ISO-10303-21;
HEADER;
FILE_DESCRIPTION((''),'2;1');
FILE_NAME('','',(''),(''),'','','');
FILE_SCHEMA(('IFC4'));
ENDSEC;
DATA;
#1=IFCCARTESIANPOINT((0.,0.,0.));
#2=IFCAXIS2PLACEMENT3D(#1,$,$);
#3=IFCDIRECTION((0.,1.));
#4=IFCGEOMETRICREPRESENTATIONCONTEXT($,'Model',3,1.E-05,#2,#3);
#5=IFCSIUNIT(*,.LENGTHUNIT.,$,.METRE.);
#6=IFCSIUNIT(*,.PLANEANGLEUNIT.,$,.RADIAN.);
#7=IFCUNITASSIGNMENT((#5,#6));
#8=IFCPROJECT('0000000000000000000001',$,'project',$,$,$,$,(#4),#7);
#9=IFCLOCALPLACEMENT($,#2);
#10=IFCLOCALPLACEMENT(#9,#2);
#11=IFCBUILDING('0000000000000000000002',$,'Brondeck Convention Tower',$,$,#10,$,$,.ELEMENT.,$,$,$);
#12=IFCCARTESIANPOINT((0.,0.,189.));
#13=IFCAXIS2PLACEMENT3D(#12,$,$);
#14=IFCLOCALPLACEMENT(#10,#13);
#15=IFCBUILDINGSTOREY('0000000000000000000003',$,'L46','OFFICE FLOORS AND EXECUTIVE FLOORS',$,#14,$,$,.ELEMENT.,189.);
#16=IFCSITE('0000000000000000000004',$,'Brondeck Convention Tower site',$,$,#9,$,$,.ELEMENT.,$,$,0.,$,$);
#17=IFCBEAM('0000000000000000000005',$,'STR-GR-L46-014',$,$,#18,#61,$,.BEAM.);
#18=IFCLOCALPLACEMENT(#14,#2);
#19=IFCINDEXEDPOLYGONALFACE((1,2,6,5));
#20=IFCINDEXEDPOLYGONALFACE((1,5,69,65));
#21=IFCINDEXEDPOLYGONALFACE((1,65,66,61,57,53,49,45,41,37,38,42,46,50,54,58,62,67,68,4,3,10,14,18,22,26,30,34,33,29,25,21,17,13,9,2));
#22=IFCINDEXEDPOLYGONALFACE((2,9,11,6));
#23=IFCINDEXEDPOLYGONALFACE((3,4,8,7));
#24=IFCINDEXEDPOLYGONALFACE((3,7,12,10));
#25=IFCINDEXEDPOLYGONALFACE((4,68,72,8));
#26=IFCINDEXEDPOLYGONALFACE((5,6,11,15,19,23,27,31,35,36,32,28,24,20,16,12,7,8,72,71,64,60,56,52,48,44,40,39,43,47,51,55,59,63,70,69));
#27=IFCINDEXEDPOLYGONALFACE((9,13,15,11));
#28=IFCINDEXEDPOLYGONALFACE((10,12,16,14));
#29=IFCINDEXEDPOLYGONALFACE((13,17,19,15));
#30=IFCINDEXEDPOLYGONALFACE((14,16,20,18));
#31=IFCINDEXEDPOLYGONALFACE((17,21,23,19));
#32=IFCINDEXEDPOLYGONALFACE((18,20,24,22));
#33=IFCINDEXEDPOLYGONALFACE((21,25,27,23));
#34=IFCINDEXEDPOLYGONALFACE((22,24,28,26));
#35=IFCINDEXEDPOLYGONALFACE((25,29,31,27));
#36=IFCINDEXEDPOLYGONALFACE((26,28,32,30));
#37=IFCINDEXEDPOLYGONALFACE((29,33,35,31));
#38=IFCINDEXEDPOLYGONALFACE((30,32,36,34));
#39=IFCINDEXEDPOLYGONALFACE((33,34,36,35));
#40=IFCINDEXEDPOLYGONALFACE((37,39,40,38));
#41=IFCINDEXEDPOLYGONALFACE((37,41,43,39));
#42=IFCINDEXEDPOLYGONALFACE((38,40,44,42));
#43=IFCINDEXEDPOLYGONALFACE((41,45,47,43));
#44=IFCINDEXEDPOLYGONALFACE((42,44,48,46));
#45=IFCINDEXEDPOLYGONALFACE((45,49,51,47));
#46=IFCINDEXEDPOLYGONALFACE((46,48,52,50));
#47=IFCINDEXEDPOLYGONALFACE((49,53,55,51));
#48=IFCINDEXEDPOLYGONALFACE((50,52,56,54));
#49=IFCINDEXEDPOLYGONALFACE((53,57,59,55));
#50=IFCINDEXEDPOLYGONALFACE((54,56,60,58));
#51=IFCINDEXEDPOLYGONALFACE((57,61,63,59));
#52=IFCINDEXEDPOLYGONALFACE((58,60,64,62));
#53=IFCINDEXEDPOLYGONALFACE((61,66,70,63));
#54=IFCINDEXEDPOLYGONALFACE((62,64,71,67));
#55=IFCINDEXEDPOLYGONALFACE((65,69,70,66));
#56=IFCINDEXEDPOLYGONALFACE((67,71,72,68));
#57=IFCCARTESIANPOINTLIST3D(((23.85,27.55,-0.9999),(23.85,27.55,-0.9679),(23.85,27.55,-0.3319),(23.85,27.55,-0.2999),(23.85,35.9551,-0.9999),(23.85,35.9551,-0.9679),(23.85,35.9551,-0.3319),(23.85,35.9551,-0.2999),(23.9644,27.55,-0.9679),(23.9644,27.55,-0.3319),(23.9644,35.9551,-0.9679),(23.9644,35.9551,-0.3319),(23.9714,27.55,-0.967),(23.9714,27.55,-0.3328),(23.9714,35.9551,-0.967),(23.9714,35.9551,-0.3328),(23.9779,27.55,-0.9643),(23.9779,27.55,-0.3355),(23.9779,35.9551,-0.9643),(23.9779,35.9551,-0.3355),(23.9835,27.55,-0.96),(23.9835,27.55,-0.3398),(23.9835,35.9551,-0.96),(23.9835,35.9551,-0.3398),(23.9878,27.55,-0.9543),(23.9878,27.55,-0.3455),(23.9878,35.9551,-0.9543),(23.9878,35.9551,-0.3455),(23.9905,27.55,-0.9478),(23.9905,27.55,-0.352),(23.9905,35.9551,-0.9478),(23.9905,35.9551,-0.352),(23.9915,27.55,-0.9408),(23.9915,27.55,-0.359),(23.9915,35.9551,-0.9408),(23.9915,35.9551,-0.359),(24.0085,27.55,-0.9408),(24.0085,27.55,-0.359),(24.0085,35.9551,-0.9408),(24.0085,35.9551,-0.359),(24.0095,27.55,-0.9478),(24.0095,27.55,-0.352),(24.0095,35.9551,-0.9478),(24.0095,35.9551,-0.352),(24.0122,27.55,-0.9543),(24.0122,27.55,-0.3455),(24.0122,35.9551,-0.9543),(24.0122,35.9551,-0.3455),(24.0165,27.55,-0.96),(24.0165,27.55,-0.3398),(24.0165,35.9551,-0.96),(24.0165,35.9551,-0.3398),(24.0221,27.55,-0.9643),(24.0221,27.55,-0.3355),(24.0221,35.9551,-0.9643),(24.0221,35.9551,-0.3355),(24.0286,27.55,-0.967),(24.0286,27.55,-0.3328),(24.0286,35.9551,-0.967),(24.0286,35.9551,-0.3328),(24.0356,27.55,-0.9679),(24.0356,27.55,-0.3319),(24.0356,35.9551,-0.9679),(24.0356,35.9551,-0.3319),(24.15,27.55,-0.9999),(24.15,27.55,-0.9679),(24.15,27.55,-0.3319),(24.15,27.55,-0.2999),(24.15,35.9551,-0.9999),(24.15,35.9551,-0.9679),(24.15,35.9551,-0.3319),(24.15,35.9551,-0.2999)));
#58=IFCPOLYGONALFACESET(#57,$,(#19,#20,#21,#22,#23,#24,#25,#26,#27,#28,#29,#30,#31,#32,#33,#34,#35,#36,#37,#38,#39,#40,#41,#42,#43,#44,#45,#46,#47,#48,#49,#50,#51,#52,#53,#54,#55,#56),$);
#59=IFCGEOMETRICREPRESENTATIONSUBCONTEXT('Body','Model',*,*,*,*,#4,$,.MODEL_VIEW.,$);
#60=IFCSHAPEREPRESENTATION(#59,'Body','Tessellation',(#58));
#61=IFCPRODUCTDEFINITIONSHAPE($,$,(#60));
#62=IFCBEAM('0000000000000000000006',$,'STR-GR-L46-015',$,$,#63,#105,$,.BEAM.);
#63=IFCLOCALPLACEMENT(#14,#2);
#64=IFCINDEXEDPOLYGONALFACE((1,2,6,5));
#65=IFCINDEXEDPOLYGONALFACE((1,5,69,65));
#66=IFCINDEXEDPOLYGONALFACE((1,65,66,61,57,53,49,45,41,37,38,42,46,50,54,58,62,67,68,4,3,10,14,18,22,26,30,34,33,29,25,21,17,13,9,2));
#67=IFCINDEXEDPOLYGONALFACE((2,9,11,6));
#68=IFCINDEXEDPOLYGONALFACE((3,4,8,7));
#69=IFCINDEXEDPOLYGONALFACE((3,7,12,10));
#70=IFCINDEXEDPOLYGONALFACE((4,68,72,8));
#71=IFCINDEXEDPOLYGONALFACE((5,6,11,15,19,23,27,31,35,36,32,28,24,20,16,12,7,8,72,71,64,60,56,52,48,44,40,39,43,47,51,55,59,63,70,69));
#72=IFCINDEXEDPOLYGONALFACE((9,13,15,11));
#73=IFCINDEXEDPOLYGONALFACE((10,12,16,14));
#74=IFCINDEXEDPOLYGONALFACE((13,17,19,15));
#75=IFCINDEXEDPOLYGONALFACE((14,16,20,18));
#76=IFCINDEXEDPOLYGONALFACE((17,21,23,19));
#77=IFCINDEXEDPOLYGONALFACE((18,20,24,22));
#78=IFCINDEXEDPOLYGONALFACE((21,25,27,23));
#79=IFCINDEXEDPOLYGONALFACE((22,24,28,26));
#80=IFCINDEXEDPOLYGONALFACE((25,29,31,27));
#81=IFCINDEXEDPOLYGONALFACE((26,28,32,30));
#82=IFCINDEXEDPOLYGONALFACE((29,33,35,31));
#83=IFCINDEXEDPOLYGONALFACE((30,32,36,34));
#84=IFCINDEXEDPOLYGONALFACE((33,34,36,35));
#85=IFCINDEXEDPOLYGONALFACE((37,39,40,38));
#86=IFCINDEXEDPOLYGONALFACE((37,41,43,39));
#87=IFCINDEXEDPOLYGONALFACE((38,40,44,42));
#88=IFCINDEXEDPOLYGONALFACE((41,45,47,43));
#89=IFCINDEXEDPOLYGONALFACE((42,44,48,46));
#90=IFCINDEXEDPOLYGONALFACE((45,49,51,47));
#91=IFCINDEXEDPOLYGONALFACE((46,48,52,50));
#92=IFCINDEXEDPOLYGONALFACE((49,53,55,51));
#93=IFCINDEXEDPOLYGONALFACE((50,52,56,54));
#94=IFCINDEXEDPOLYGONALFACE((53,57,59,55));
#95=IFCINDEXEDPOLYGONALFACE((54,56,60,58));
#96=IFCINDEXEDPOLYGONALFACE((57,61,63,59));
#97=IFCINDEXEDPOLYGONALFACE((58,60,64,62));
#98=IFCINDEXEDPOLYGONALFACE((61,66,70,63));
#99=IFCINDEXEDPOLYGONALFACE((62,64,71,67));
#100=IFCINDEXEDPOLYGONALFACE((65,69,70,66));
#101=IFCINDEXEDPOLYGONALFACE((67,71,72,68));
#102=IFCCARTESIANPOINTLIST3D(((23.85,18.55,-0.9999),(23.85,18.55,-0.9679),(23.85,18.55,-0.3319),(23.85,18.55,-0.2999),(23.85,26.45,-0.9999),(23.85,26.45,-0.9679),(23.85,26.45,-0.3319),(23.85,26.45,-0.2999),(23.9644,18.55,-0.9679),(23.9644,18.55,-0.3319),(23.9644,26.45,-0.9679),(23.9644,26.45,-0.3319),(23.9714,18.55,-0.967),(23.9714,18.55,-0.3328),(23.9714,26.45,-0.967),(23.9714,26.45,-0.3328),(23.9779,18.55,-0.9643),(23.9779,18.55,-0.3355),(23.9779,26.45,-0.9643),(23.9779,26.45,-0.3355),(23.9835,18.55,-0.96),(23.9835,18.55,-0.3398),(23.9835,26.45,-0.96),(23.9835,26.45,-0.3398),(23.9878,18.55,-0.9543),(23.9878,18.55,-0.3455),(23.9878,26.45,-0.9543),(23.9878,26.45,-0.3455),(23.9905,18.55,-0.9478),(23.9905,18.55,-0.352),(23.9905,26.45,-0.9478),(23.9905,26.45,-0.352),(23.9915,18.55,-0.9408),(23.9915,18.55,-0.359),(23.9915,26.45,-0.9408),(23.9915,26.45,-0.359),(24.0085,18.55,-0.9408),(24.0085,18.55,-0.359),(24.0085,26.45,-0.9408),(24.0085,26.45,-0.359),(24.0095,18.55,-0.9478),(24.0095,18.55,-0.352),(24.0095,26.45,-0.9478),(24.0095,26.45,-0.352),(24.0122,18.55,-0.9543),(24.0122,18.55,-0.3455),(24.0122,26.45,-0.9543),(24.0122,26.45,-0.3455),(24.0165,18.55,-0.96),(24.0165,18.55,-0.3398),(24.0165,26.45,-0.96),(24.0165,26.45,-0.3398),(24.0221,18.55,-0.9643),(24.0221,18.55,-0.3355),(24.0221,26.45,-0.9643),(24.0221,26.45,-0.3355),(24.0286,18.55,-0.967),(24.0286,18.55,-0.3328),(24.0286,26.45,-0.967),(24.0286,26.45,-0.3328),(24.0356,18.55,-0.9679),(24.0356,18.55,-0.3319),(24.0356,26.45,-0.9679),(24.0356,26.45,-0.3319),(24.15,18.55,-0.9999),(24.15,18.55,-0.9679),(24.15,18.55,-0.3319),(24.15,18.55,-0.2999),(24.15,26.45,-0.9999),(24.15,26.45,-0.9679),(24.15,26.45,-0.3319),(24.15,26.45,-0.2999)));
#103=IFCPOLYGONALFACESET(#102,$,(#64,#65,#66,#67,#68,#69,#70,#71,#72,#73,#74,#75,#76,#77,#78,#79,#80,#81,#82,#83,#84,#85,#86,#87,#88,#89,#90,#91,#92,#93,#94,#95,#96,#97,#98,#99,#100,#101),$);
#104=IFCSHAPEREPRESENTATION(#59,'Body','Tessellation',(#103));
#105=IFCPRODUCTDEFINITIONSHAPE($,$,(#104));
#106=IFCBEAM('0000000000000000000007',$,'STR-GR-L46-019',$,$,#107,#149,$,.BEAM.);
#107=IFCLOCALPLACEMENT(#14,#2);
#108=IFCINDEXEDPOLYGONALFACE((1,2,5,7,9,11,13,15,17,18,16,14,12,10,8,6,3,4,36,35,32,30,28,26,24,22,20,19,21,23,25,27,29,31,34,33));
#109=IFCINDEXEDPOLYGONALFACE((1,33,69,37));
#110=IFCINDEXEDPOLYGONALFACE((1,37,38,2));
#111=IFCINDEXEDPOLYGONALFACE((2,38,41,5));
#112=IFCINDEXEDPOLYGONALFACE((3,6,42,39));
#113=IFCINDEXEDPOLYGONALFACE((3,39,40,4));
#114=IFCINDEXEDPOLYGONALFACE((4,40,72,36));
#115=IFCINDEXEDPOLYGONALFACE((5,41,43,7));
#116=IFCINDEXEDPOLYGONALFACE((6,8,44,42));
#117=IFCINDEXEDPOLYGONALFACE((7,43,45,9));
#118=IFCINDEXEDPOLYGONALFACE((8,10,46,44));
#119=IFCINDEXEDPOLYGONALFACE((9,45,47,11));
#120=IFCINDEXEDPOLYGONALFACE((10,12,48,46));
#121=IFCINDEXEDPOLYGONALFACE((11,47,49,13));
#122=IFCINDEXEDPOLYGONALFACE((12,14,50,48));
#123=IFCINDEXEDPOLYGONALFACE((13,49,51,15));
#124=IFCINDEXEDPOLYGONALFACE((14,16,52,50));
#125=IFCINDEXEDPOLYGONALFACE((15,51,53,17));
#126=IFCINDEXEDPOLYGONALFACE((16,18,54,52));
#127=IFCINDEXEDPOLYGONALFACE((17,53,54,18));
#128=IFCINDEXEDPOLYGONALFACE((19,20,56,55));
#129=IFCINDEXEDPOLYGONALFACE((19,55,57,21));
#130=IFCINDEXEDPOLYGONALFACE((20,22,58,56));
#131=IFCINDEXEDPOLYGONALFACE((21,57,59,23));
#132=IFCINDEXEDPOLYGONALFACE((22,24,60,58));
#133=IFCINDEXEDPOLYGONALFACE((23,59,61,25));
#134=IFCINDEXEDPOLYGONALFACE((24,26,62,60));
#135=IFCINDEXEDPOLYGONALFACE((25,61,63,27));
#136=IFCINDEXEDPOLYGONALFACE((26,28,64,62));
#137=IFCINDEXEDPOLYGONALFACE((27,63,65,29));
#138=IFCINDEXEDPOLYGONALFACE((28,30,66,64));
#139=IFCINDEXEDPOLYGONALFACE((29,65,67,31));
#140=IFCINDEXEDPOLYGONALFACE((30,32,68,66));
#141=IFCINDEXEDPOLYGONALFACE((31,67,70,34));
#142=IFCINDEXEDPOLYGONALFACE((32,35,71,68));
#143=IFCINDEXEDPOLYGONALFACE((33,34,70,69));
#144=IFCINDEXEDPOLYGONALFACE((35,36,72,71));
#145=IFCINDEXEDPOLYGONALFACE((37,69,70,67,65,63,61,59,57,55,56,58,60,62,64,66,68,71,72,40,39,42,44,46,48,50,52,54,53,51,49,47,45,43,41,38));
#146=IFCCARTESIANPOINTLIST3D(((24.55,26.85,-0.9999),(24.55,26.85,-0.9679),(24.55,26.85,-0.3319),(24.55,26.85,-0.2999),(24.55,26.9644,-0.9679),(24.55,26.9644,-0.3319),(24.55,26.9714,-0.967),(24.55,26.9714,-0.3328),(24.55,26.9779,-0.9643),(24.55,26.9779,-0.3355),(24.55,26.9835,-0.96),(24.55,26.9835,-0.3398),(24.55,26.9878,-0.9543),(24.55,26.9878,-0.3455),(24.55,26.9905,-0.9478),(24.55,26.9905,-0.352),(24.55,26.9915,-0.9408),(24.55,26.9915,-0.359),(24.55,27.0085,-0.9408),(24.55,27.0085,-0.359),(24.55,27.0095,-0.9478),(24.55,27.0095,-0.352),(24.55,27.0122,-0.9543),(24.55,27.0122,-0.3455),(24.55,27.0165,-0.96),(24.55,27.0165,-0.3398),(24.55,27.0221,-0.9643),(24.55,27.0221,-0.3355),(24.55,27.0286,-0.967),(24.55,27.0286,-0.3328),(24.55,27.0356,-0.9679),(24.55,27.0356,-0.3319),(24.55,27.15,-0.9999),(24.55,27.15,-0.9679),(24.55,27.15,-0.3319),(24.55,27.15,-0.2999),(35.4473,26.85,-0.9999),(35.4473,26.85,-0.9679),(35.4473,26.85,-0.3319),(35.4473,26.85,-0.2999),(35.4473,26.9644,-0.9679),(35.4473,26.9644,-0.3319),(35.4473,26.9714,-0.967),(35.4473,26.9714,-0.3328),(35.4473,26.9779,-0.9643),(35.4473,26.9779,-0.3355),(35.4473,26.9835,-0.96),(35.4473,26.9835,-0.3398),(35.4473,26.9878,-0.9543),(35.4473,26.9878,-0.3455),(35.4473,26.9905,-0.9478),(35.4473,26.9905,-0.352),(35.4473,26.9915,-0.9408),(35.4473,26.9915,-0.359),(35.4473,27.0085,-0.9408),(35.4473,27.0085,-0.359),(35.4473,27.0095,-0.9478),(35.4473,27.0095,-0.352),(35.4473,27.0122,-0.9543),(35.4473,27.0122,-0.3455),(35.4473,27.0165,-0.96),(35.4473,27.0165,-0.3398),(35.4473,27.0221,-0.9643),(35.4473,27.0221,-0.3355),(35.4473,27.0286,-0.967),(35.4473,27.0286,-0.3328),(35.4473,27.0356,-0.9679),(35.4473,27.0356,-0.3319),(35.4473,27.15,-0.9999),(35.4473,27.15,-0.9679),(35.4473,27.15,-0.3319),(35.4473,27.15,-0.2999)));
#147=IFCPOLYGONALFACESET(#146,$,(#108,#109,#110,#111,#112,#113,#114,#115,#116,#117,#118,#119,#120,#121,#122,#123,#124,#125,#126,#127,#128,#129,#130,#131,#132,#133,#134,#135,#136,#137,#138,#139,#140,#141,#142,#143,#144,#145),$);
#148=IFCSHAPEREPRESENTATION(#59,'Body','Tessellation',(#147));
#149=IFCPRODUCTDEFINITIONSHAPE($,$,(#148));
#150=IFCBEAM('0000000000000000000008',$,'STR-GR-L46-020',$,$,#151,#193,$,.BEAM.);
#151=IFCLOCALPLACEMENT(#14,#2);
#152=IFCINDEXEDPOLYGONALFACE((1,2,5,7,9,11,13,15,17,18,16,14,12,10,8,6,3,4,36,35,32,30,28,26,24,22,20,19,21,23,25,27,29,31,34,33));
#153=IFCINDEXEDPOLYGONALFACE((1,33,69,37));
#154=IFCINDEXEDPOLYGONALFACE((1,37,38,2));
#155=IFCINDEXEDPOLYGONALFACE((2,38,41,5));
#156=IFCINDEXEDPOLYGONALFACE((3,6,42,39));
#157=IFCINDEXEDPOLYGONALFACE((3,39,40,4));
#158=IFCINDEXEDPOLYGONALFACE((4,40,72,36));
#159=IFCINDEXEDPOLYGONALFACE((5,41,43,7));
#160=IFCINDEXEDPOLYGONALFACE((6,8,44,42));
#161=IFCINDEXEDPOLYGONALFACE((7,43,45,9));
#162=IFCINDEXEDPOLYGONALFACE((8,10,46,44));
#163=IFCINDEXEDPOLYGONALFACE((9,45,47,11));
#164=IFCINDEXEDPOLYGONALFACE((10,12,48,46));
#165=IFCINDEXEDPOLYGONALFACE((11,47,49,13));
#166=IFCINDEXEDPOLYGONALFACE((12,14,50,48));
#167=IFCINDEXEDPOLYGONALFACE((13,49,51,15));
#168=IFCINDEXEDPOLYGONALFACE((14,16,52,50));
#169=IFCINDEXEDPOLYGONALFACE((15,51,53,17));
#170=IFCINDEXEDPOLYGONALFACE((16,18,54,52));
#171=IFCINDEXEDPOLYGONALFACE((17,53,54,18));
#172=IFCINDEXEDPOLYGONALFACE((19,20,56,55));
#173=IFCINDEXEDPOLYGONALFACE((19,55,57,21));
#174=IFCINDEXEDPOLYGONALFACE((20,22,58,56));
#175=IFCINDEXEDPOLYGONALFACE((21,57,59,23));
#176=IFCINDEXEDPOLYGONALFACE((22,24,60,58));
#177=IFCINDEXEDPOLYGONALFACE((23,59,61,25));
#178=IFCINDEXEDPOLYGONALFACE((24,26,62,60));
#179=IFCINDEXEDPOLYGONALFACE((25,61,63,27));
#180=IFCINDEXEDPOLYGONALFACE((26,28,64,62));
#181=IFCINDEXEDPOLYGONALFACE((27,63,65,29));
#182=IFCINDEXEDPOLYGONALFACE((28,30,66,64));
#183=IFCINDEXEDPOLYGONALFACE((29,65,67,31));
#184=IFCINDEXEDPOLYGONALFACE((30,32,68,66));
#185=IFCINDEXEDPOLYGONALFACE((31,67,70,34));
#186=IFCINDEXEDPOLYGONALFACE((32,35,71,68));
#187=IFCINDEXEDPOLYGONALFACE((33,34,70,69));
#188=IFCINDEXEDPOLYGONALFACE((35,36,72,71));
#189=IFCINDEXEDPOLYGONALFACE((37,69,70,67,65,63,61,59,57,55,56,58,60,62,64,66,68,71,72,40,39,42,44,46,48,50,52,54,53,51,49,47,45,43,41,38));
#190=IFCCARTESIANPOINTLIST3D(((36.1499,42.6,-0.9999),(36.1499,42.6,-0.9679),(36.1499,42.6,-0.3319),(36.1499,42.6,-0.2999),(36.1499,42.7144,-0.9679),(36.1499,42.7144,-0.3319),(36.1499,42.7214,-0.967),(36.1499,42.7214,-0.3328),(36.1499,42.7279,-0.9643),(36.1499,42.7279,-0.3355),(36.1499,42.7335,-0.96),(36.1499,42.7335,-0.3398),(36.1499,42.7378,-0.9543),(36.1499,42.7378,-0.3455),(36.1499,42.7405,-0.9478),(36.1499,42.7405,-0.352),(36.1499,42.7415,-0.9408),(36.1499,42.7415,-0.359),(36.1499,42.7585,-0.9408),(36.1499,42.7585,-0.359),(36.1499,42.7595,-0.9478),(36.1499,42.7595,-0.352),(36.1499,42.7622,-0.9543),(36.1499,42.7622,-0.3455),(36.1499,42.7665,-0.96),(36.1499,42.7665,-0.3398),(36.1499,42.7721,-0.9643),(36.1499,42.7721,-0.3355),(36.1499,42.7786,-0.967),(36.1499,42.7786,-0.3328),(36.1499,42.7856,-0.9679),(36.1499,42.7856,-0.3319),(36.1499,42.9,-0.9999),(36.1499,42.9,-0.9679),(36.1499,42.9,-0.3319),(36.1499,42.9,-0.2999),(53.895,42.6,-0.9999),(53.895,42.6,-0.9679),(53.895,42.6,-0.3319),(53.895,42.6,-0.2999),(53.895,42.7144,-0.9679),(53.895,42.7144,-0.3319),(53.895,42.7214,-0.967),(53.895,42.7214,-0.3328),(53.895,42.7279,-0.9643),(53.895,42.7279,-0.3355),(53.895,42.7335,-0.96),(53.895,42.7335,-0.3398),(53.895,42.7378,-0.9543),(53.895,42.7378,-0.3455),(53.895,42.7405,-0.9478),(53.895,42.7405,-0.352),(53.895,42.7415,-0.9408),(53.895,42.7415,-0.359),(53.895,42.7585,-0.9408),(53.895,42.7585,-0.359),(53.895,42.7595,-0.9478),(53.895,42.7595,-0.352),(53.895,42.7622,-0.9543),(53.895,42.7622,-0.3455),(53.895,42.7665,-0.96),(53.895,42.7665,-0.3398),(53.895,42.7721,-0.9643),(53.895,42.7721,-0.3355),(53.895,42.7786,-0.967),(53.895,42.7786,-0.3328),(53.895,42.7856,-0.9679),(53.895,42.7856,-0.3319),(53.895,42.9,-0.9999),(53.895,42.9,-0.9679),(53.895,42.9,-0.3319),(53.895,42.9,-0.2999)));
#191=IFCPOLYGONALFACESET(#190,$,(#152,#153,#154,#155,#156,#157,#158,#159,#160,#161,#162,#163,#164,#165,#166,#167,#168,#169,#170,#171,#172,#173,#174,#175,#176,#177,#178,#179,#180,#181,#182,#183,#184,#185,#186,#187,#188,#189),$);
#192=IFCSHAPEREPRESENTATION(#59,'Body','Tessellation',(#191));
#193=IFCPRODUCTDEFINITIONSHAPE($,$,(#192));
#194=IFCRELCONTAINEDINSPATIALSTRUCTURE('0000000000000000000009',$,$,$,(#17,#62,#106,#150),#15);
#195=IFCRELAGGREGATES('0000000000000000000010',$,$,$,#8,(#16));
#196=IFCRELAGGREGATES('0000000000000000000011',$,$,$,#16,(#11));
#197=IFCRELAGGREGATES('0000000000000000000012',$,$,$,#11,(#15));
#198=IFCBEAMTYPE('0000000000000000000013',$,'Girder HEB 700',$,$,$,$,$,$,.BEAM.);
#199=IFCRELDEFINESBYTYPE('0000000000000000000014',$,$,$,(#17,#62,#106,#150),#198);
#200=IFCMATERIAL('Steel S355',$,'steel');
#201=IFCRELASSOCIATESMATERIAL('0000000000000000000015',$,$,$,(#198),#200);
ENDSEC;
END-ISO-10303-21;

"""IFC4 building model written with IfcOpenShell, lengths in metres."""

from ifc_helpers import new_model, si_unit, direction, frame, origin, origin_2d, place, context, subcontext, project, spatial, i_section, extrude, material, material_profile, profile_set, type_object, element, save


model = new_model("IFC4")

# Units and contexts
model_context = context("Model", 3, precision=1e-05, world=origin(), true_north=direction((0.0, 1.0)))
body_context = subcontext(model_context, "Body", "Model", "MODEL_VIEW")
ifc_project = project(units=[si_unit("LENGTHUNIT", "METRE"), si_unit("PLANEANGLEUNIT", "RADIAN")], contexts=[model_context])

# Site, building, storey
site_placement = place(None, origin())
site = spatial("IfcSite", under=ifc_project, at=site_placement, Name="Brondeck Convention Tower site", CompositionType="ELEMENT", RefElevation=0.0)
building_placement = place(site_placement, origin())
building = spatial("IfcBuilding", under=site, at=building_placement, Name="Brondeck Convention Tower", CompositionType="ELEMENT")
storey_placement = place(building_placement, frame((0.0, 0.0, 189.0)))
storey = spatial("IfcBuildingStorey", under=building, at=storey_placement, Name="L46", Description="OFFICE FLOORS AND EXECUTIVE FLOORS", CompositionType="ELEMENT", Elevation=189.0)

# Beams
ifc_material_1 = material(Name="Steel S355", Category="steel")
ifc_material_profile_1 = material_profile(ifc_material_1, i_section(OverallWidth=0.3, OverallDepth=0.7, WebThickness=0.0171, FlangeThickness=0.032, FilletRadius=0.0271, at=origin_2d()), Name="HEB 700")
ifc_profile_set_1 = profile_set([ifc_material_profile_1], Name="Steel S355")
beam_type_1 = type_object("IfcBeamType", Name="Girder HEB 700", PredefinedType="BEAM", material=ifc_profile_set_1)
beam_1_placement = place(storey_placement, frame((24.0, 35.9551, -0.6499), z_axis=(0.0, -1.0, 0.0), x_axis=(1.0, 0.0, 0.0)))
element("IfcBeam", 1, at=beam_1_placement, inside=storey, type_object=beam_type_1, Name="STR-GR-L46-014", PredefinedType="BEAM", context=body_context, shape_type="SweptSolid", body=[
    extrude(i_section(OverallWidth=0.3, OverallDepth=0.7, WebThickness=0.0171, FlangeThickness=0.032, FilletRadius=0.0271, at=origin_2d()), origin(), (0.0, 0.0, 1.0), 8.405),
])
beam_2_placement = place(storey_placement, frame((24.0, 26.45, -0.6499), z_axis=(0.0, -1.0, 0.0), x_axis=(1.0, 0.0, 0.0)))
element("IfcBeam", 2, at=beam_2_placement, inside=storey, type_object=beam_type_1, Name="STR-GR-L46-015", PredefinedType="BEAM", context=body_context, shape_type="SweptSolid", body=[
    extrude(i_section(OverallWidth=0.3, OverallDepth=0.7, WebThickness=0.0171, FlangeThickness=0.032, FilletRadius=0.0271, at=origin_2d()), origin(), (0.0, 0.0, 1.0), 7.8999),
])
beam_3_placement = place(storey_placement, frame((24.55, 27.0, -0.6499), z_axis=(1.0, 0.0, 0.0), x_axis=(0.0, 1.0, 0.0)))
element("IfcBeam", 3, at=beam_3_placement, inside=storey, type_object=beam_type_1, Name="STR-GR-L46-019", PredefinedType="BEAM", context=body_context, shape_type="SweptSolid", body=[
    extrude(i_section(OverallWidth=0.3, OverallDepth=0.7, WebThickness=0.0171, FlangeThickness=0.032, FilletRadius=0.0271, at=origin_2d()), origin(), (0.0, 0.0, 1.0), 10.8972),
])
beam_4_placement = place(storey_placement, frame((36.1499, 42.75, -0.6499), z_axis=(1.0, 0.0, 0.0), x_axis=(0.0, 1.0, 0.0)))
element("IfcBeam", 4, at=beam_4_placement, inside=storey, type_object=beam_type_1, Name="STR-GR-L46-020", PredefinedType="BEAM", context=body_context, shape_type="SweptSolid", body=[
    extrude(i_section(OverallWidth=0.3, OverallDepth=0.7, WebThickness=0.0171, FlangeThickness=0.032, FilletRadius=0.0271, at=origin_2d()), origin(), (0.0, 0.0, 1.0), 17.7451),
])

save(model, "model.ifc")
